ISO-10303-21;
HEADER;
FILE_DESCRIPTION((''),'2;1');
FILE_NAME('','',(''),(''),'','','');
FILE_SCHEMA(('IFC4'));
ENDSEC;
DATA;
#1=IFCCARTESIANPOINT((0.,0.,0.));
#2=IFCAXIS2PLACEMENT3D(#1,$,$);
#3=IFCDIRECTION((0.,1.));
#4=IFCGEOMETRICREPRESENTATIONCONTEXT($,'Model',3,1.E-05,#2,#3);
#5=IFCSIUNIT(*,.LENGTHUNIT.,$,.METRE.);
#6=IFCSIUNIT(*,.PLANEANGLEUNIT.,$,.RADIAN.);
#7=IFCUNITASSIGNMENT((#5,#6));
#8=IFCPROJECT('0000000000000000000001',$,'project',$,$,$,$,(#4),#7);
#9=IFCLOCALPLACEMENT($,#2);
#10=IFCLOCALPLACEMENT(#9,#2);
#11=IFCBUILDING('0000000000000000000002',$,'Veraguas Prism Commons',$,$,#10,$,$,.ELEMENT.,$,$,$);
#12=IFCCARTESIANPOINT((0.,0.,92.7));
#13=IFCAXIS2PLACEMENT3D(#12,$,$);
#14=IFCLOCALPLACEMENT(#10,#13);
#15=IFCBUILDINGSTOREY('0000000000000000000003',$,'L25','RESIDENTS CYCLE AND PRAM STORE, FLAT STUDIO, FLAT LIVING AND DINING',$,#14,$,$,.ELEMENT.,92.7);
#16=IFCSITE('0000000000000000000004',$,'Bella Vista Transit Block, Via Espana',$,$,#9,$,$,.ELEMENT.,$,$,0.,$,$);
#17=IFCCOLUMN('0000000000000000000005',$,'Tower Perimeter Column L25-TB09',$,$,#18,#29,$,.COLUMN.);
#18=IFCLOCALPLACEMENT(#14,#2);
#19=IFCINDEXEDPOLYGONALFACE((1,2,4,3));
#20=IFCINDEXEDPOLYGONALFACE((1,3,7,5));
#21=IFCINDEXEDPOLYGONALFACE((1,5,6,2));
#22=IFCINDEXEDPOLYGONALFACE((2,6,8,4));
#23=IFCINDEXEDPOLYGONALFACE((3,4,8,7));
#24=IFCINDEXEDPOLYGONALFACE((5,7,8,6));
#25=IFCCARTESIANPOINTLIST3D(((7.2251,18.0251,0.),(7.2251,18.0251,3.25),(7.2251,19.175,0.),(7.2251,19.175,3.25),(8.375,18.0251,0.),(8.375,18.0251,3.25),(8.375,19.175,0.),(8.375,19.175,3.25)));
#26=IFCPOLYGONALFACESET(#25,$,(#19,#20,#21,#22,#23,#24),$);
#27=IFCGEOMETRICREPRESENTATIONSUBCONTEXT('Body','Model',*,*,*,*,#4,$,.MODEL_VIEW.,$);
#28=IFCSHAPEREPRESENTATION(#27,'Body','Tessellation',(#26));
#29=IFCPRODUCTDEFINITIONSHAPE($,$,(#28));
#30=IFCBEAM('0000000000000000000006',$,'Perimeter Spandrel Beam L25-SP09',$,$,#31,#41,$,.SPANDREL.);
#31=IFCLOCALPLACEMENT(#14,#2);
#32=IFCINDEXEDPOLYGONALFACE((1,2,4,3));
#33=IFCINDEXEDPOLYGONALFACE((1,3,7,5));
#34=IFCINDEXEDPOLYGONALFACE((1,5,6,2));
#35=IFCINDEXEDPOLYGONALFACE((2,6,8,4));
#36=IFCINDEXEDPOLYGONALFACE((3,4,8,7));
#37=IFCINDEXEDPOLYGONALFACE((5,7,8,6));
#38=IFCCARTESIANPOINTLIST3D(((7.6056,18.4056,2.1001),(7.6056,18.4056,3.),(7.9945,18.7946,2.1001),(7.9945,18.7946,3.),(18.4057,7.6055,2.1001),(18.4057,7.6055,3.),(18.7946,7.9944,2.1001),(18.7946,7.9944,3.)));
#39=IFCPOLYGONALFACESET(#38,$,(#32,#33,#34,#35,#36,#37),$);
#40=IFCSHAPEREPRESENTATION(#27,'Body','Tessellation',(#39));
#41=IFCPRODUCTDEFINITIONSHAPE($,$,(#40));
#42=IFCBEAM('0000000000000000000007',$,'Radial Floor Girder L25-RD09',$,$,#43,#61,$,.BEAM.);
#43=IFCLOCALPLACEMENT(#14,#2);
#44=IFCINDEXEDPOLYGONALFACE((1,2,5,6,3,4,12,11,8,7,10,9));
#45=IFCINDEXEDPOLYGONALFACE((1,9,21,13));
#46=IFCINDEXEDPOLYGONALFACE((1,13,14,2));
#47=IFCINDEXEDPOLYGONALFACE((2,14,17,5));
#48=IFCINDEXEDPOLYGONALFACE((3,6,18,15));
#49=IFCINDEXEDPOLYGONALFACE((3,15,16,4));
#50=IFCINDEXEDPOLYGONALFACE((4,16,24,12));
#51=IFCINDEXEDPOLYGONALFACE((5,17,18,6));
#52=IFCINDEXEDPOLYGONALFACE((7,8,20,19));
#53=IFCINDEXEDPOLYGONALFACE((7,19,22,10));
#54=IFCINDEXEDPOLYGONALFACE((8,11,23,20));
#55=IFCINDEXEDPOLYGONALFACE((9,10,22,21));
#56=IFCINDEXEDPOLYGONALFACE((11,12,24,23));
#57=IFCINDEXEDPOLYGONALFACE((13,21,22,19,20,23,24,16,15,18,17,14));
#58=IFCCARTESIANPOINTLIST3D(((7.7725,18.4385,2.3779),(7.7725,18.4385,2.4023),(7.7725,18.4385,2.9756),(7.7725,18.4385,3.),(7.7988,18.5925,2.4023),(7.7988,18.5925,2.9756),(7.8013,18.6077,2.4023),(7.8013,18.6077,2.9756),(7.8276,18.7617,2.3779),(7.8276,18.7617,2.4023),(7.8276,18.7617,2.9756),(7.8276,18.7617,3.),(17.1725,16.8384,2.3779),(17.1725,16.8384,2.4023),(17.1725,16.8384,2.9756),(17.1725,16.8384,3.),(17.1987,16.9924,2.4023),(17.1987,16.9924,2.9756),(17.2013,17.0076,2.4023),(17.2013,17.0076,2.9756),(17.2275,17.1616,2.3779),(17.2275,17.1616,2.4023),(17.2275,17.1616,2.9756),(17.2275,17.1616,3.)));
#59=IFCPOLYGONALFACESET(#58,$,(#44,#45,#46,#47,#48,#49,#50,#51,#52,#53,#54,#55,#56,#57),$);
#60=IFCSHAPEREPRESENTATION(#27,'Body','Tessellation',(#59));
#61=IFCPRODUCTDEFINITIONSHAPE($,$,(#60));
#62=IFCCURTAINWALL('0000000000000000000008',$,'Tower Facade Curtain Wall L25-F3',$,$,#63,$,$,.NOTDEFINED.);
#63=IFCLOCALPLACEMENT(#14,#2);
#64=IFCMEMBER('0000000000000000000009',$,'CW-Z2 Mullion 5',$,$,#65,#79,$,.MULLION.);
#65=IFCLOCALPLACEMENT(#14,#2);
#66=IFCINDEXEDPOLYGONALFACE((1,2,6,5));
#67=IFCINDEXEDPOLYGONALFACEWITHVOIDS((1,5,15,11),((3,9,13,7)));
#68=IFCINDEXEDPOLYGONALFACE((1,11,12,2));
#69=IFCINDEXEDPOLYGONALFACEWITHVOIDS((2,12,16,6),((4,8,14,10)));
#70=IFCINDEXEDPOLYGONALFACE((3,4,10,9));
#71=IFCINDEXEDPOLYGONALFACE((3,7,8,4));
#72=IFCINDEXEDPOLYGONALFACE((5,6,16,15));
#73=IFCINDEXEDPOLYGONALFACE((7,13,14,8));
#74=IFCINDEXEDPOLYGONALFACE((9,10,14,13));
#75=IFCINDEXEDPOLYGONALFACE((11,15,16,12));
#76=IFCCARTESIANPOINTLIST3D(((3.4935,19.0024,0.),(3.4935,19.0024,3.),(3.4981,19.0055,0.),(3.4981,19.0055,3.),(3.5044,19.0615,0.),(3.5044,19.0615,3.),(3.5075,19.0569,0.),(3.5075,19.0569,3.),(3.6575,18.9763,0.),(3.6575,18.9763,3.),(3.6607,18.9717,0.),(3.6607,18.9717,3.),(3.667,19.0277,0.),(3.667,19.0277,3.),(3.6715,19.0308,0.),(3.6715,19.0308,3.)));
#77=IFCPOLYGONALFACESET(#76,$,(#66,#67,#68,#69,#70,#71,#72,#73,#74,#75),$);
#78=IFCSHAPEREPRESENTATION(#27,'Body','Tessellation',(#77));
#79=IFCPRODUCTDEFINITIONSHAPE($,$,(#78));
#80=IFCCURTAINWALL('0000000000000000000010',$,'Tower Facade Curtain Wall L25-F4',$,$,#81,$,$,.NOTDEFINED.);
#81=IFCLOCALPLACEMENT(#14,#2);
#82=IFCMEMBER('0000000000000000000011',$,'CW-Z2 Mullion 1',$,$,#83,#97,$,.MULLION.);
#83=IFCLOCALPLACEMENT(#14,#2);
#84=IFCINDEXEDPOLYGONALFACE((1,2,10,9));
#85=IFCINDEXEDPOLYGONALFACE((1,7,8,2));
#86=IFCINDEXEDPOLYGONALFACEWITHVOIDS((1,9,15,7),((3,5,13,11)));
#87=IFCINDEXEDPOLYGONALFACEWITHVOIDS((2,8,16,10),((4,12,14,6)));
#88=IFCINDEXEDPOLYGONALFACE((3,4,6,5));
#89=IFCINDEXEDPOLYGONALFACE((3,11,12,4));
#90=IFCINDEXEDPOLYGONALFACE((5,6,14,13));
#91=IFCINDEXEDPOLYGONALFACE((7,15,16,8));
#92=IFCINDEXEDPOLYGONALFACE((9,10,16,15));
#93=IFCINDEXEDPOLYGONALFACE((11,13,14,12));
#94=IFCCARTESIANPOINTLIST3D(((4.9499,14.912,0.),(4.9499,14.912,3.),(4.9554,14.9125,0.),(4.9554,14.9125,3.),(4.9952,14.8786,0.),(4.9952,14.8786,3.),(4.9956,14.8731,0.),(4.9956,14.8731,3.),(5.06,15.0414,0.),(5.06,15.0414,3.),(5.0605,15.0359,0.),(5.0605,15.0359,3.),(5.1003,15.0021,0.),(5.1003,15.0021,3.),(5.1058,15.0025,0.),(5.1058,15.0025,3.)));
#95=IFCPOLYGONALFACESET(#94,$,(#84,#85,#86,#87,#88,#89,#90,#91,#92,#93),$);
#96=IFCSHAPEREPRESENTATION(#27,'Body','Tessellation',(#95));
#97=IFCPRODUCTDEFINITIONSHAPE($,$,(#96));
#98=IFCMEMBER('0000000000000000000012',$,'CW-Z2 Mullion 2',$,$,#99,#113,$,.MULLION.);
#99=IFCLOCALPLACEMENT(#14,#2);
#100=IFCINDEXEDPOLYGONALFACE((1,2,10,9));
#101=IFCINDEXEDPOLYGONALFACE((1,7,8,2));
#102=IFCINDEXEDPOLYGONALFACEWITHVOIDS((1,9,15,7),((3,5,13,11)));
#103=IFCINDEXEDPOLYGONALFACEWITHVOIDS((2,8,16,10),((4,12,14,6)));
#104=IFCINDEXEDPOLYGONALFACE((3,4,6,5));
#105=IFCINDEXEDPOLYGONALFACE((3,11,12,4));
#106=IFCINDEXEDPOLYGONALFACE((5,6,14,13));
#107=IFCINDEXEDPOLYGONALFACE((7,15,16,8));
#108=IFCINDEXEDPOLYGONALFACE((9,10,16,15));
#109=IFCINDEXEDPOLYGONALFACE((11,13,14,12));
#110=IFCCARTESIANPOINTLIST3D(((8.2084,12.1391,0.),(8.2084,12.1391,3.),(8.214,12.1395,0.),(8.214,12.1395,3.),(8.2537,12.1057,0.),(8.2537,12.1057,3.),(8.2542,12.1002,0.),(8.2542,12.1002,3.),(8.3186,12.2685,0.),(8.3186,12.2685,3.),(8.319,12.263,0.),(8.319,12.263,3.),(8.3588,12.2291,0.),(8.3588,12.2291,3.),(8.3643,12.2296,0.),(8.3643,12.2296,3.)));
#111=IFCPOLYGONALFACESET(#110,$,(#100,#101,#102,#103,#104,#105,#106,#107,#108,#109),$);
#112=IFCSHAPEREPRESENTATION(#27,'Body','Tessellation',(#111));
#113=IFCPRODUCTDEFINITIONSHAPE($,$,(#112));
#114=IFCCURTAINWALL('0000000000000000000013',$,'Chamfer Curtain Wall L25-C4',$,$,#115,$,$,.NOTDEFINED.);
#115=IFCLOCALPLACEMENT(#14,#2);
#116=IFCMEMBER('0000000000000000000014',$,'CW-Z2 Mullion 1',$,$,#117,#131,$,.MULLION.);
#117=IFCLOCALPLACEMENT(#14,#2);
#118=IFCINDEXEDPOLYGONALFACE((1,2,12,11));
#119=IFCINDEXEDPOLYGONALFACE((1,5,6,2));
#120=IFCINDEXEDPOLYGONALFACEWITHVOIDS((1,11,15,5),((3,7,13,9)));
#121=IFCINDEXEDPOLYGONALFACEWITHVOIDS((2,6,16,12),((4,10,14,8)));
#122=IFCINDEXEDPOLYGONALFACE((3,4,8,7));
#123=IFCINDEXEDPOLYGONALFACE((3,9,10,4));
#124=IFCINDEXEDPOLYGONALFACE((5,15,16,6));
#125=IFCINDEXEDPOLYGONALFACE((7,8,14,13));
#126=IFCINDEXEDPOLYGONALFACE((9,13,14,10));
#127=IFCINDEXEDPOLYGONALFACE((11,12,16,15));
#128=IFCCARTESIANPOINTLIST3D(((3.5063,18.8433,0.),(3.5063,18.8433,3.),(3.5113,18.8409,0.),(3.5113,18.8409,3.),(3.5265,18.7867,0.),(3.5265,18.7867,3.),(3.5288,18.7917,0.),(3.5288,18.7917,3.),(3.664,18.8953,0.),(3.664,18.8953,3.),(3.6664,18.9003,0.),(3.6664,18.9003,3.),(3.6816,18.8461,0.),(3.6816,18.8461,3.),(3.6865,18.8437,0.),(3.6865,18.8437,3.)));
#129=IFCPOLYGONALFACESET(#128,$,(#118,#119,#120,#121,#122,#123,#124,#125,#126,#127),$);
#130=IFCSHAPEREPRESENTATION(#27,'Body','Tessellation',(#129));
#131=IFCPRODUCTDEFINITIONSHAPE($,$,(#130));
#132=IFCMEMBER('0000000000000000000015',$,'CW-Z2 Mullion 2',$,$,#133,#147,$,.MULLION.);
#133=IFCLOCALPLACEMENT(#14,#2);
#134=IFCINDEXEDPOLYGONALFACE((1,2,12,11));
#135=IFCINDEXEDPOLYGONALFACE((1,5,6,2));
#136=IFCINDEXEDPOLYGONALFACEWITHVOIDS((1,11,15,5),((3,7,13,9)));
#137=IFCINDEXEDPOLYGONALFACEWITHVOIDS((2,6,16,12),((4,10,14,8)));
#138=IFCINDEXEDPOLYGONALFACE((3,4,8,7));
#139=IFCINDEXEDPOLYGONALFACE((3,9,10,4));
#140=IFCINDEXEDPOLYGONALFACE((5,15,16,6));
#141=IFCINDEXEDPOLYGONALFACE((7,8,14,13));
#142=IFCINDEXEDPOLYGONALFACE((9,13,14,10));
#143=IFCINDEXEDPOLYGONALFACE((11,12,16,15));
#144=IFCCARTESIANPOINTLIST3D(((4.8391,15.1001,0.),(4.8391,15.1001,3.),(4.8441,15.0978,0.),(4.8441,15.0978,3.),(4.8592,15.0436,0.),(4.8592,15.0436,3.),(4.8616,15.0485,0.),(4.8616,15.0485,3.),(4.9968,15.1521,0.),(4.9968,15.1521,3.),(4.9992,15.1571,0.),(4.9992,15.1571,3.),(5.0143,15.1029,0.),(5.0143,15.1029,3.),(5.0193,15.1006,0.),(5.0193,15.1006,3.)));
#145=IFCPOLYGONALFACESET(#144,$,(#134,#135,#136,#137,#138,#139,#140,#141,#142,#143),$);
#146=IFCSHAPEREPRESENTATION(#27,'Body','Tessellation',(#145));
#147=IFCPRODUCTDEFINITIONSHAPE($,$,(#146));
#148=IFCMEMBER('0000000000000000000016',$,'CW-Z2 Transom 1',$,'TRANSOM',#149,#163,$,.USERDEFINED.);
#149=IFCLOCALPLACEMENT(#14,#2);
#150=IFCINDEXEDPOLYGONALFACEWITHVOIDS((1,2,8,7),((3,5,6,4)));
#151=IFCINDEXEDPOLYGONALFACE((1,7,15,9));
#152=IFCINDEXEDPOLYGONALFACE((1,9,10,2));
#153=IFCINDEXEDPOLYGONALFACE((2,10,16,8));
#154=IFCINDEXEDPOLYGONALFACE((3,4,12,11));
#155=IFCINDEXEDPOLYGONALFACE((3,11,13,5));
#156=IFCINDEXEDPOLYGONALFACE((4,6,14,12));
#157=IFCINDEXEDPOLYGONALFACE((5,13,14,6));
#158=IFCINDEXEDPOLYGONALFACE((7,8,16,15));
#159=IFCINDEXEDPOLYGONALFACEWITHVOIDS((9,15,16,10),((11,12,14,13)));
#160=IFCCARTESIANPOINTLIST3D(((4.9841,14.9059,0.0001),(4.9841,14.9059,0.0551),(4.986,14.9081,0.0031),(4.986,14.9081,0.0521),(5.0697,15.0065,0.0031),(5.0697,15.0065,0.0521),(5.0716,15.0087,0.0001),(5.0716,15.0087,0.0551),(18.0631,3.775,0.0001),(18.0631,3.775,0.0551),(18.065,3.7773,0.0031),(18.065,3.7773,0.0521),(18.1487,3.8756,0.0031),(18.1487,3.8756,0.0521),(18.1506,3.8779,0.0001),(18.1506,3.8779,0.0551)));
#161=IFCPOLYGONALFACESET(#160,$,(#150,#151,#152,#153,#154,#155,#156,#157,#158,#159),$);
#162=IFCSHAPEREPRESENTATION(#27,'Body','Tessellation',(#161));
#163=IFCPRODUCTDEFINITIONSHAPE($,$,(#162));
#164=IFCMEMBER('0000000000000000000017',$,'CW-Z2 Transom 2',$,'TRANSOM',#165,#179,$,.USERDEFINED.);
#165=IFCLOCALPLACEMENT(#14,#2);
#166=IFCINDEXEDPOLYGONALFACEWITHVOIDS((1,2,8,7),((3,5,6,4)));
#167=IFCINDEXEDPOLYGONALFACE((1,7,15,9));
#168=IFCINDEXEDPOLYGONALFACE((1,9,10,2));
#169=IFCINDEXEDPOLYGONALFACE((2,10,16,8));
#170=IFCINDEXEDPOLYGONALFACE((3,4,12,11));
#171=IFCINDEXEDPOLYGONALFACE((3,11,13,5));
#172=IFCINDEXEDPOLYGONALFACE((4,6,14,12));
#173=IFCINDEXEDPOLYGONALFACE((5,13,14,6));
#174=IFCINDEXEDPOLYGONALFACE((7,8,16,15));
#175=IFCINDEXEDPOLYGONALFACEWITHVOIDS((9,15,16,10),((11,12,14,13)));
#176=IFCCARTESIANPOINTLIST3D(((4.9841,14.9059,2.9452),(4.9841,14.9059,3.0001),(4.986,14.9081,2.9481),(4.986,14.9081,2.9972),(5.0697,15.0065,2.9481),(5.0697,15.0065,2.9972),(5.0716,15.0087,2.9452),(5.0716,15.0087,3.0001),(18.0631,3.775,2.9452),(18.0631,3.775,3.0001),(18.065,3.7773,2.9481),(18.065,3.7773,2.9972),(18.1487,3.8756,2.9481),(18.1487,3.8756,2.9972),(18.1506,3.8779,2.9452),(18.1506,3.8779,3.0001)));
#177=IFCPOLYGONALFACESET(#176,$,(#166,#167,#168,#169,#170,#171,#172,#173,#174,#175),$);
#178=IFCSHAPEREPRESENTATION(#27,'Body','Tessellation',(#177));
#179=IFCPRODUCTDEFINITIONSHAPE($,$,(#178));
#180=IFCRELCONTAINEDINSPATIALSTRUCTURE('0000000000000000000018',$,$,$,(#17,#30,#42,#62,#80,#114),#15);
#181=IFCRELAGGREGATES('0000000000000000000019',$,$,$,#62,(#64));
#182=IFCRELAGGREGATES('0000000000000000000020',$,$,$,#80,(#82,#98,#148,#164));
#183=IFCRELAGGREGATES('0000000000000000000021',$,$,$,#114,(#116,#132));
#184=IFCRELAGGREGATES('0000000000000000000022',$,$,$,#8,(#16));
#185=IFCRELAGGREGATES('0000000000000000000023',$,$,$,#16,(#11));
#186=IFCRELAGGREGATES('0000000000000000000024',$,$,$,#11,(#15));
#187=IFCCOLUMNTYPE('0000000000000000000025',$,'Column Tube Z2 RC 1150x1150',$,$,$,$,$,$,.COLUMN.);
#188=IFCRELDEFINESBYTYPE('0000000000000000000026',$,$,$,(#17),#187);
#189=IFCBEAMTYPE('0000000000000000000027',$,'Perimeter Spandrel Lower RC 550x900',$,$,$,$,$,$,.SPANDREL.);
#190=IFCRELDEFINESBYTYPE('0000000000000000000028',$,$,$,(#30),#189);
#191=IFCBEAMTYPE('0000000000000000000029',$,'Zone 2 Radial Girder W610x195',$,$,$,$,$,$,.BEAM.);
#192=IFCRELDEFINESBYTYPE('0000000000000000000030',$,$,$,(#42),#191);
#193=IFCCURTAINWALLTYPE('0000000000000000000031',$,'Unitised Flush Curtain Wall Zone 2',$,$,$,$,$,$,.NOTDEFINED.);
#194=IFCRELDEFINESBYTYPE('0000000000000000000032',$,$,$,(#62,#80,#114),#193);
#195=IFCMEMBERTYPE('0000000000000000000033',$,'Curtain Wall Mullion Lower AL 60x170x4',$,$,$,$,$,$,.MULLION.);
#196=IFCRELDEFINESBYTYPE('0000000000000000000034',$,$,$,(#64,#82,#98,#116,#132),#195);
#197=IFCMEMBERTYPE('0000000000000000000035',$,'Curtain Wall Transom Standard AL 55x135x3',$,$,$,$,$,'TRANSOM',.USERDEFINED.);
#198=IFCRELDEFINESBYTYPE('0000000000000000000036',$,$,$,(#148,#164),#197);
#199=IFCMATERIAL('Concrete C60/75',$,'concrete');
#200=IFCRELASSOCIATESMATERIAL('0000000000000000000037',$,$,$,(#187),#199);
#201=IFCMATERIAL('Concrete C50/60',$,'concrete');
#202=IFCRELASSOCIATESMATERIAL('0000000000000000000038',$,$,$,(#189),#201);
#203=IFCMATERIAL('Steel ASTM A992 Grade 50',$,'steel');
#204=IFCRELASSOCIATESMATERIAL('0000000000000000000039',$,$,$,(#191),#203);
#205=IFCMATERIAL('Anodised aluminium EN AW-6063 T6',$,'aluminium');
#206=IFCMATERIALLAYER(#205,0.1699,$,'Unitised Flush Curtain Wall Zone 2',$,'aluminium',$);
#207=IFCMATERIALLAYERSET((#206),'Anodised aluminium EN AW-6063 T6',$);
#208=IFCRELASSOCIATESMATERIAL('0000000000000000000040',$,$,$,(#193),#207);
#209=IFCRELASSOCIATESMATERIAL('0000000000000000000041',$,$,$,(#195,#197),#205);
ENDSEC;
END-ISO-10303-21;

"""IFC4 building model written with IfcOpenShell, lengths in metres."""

from ifc_helpers import new_model, si_unit, direction, frame, origin, origin_2d, place, context, subcontext, project, spatial, rectangle, hollow_rectangle, i_section, extrude, source, transform, mapped, material, layer, layer_set, material_profile, profile_set, type_object, element, aggregate, save


model = new_model("IFC4")

# Units and contexts
model_context = context("Model", 3, precision=1e-05, world=origin(), true_north=direction((0.0, 1.0)))
body_context = subcontext(model_context, "Body", "Model", "MODEL_VIEW")
ifc_project = project(units=[si_unit("LENGTHUNIT", "METRE"), si_unit("PLANEANGLEUNIT", "RADIAN")], contexts=[model_context])

# Site, building, storey
site_placement = place(None, origin())
site = spatial("IfcSite", under=ifc_project, at=site_placement, Name="Bella Vista Transit Block, Via Espana", CompositionType="ELEMENT", RefElevation=0.0)
building_placement = place(site_placement, origin())
building = spatial("IfcBuilding", under=site, at=building_placement, Name="Veraguas Prism Commons", CompositionType="ELEMENT")
storey_placement = place(building_placement, frame((0.0, 0.0, 92.7)))
storey = spatial("IfcBuildingStorey", under=building, at=storey_placement, Name="L25", Description="RESIDENTS CYCLE AND PRAM STORE, FLAT STUDIO, FLAT LIVING AND DINING", CompositionType="ELEMENT", Elevation=92.7)

# Column
ifc_material_1 = material(Name="Concrete C60/75", Category="concrete")
ifc_material_profile_1 = material_profile(ifc_material_1, rectangle(XDim=1.1499, YDim=1.1499, at=origin_2d()), Name="RC1150X1150")
ifc_profile_set_1 = profile_set([ifc_material_profile_1], Name="Concrete C60/75")
column_type = type_object("IfcColumnType", Name="Column Tube Z2 RC 1150x1150", PredefinedType="COLUMN", material=ifc_profile_set_1)
column_placement = place(storey_placement, frame((7.8, 18.6001, 0.0), z_axis=(0.0, 0.0, 1.0), x_axis=(1.0, 0.0, 0.0)))
element("IfcColumn", 1, at=column_placement, inside=storey, type_object=column_type, Name="Tower Perimeter Column L25-TB09", PredefinedType="COLUMN", context=body_context, shape_type="SweptSolid", body=[
    extrude(rectangle(XDim=1.1499, YDim=1.1499, at=origin_2d()), origin(), (0.0, 0.0, 1.0), 3.25),
])

# Beams
ifc_material_2 = material(Name="Concrete C50/60", Category="concrete")
ifc_material_profile_2 = material_profile(ifc_material_2, rectangle(XDim=0.55, YDim=0.8999, at=origin_2d()), Name="RC550X900")
ifc_profile_set_2 = profile_set([ifc_material_profile_2], Name="Concrete C50/60")
beam_type_1 = type_object("IfcBeamType", Name="Perimeter Spandrel Lower RC 550x900", PredefinedType="SPANDREL", material=ifc_profile_set_2)
beam_1_placement = place(storey_placement, frame((7.8, 18.6001, 2.55), z_axis=(0.707107, -0.707107, 0.0), x_axis=(0.707107, 0.707107, 0.0)))
element("IfcBeam", 2, at=beam_1_placement, inside=storey, type_object=beam_type_1, Name="Perimeter Spandrel Beam L25-SP09", PredefinedType="SPANDREL", context=body_context, shape_type="SweptSolid", body=[
    extrude(rectangle(XDim=0.55, YDim=0.8999, at=origin_2d()), origin(), (0.0, 0.0, 1.0), 15.2737),
])
ifc_material_3 = material(Name="Steel ASTM A992 Grade 50", Category="steel")
ifc_material_profile_3 = material_profile(ifc_material_3, i_section(OverallWidth=0.3279, OverallDepth=0.6221, WebThickness=0.0154, FlangeThickness=0.0244, at=origin_2d()), Name="W610X195")
ifc_profile_set_3 = profile_set([ifc_material_profile_3], Name="Steel ASTM A992 Grade 50")
beam_type_2 = type_object("IfcBeamType", Name="Zone 2 Radial Girder W610x195", PredefinedType="BEAM", material=ifc_profile_set_3)
beam_2_placement = place(storey_placement, frame((7.8, 18.6001, 2.689), z_axis=(0.985819, -0.167811, 0.0), x_axis=(0.167811, 0.985819, 0.0)))
element("IfcBeam", 3, at=beam_2_placement, inside=storey, type_object=beam_type_2, Name="Radial Floor Girder L25-RD09", PredefinedType="BEAM", context=body_context, shape_type="SweptSolid", body=[
    extrude(i_section(OverallWidth=0.3279, OverallDepth=0.6221, WebThickness=0.0154, FlangeThickness=0.0244, at=origin_2d()), origin(), (0.0, 0.0, 1.0), 9.5352),
])

# Curtain wall, member
ifc_material_4 = material(Name="Anodised aluminium EN AW-6063 T6", Category="aluminium")
ifc_layer_1 = layer(ifc_material_4, 0.1699, Name="Unitised Flush Curtain Wall Zone 2", Category="aluminium")
ifc_layer_set_1 = layer_set([ifc_layer_1], Name="Anodised aluminium EN AW-6063 T6")
curtain_wall_type = type_object("IfcCurtainWallType", Name="Unitised Flush Curtain Wall Zone 2", PredefinedType="NOTDEFINED", material=ifc_layer_set_1)
curtain_wall_1_placement = place(storey_placement, origin())
curtain_wall_1 = element("IfcCurtainWall", 4, at=curtain_wall_1_placement, inside=storey, type_object=curtain_wall_type, Name="Tower Facade Curtain Wall L25-F3", PredefinedType="NOTDEFINED")
ifc_material_profile_4 = material_profile(ifc_material_4, hollow_rectangle(XDim=0.0601, YDim=0.1699, WallThickness=0.0039, at=origin_2d()), Name="AL60X170X4")
ifc_profile_set_4 = profile_set([ifc_material_profile_4], Name="Anodised aluminium EN AW-6063 T6")
member_type_1 = type_object("IfcMemberType", Name="Curtain Wall Mullion Lower AL 60x170x4", PredefinedType="MULLION", material=ifc_profile_set_4)
shared_shape_1 = source(origin(), body_context, "Body", "SweptSolid", [
    extrude(hollow_rectangle(XDim=0.0601, YDim=0.1699, WallThickness=0.0039, at=origin_2d()), origin(), (0.0, 0.0, 1.0), 3.0),
])
member_1_placement = place(storey_placement, frame((3.5825, 19.0166, 0.0), z_axis=(0.0, 0.0, 1.0), x_axis=(-0.180523, -0.983571, 0.0)))
member_1 = element("IfcMember", 5, at=member_1_placement, type_object=member_type_1, Name="CW-Z2 Mullion 5", PredefinedType="MULLION", context=body_context, shape_type="MappedRepresentation", body=[
    mapped(shared_shape_1, transform((0.0, 0.0, 0.0), scale=1.0)),
])

# Curtain walls, members
curtain_wall_2_placement = place(storey_placement, origin())
curtain_wall_2 = element("IfcCurtainWall", 6, at=curtain_wall_2_placement, inside=storey, type_object=curtain_wall_type, Name="Tower Facade Curtain Wall L25-F4", PredefinedType="NOTDEFINED")
member_2_placement = place(storey_placement, frame((5.0278, 14.9573, 0.0), z_axis=(0.0, 0.0, 1.0), x_axis=(0.761541, -0.648117, 0.0)))
member_2 = element("IfcMember", 7, at=member_2_placement, type_object=member_type_1, Name="CW-Z2 Mullion 1", PredefinedType="MULLION", context=body_context, shape_type="MappedRepresentation", body=[
    mapped(shared_shape_1, transform((0.0, 0.0, 0.0), scale=1.0)),
])
member_3_placement = place(storey_placement, frame((8.2864, 12.1843, 0.0), z_axis=(0.0, 0.0, 1.0), x_axis=(0.761541, -0.648117, 0.0)))
member_3 = element("IfcMember", 8, at=member_3_placement, type_object=member_type_1, Name="CW-Z2 Mullion 2", PredefinedType="MULLION", context=body_context, shape_type="MappedRepresentation", body=[
    mapped(shared_shape_1, transform((0.0, 0.0, 0.0), scale=1.0)),
])
curtain_wall_3_placement = place(storey_placement, origin())
curtain_wall_3 = element("IfcCurtainWall", 9, at=curtain_wall_3_placement, inside=storey, type_object=curtain_wall_type, Name="Chamfer Curtain Wall L25-C4", PredefinedType="NOTDEFINED")
member_4_placement = place(storey_placement, frame((3.5964, 18.8435, 0.0), z_axis=(0.0, 0.0, 1.0), x_axis=(0.335443, -0.94206, 0.0)))
member_4 = element("IfcMember", 10, at=member_4_placement, type_object=member_type_1, Name="CW-Z2 Mullion 1", PredefinedType="MULLION", context=body_context, shape_type="MappedRepresentation", body=[
    mapped(shared_shape_1, transform((0.0, 0.0, 0.0), scale=1.0)),
])
member_5_placement = place(storey_placement, frame((4.9292, 15.1003, 0.0), z_axis=(0.0, 0.0, 1.0), x_axis=(0.335443, -0.94206, 0.0)))
member_5 = element("IfcMember", 11, at=member_5_placement, type_object=member_type_1, Name="CW-Z2 Mullion 2", PredefinedType="MULLION", context=body_context, shape_type="MappedRepresentation", body=[
    mapped(shared_shape_1, transform((0.0, 0.0, 0.0), scale=1.0)),
])

# Members
ifc_material_profile_5 = material_profile(ifc_material_4, hollow_rectangle(XDim=0.0549, YDim=0.135, WallThickness=0.0029, at=origin_2d()), Name="AL55X135X3")
ifc_profile_set_5 = profile_set([ifc_material_profile_5], Name="Anodised aluminium EN AW-6063 T6")
member_type_2 = type_object("IfcMemberType", Name="Curtain Wall Transom Standard AL 55x135x3", ElementType="TRANSOM", PredefinedType="USERDEFINED", material=ifc_profile_set_5)
shared_shape_2 = source(origin(), body_context, "Body", "SweptSolid", [
    extrude(hollow_rectangle(XDim=0.0549, YDim=0.135, WallThickness=0.0029, at=origin_2d()), origin(), (0.0, 0.0, 1.0), 17.1743),
])
member_6_placement = place(storey_placement, frame((5.0278, 14.9573, 0.0276), z_axis=(0.761548, -0.648109, 0.0), x_axis=(0.0, 0.0, 1.0)))
member_6 = element("IfcMember", 12, at=member_6_placement, type_object=member_type_2, Name="CW-Z2 Transom 1", ObjectType="TRANSOM", PredefinedType="USERDEFINED", context=body_context, shape_type="MappedRepresentation", body=[
    mapped(shared_shape_2, transform((0.0, 0.0, 0.0), scale=1.0)),
])
member_7_placement = place(storey_placement, frame((5.0278, 14.9573, 2.9727), z_axis=(0.761548, -0.648109, 0.0), x_axis=(0.0, 0.0, 1.0)))
member_7 = element("IfcMember", 13, at=member_7_placement, type_object=member_type_2, Name="CW-Z2 Transom 2", ObjectType="TRANSOM", PredefinedType="USERDEFINED", context=body_context, shape_type="MappedRepresentation", body=[
    mapped(shared_shape_2, transform((0.0, 0.0, 0.0), scale=1.0)),
])

aggregate(curtain_wall_1, [member_1])
aggregate(curtain_wall_2, [member_2, member_3, member_6, member_7])
aggregate(curtain_wall_3, [member_4, member_5])

save(model, "model.ifc")
